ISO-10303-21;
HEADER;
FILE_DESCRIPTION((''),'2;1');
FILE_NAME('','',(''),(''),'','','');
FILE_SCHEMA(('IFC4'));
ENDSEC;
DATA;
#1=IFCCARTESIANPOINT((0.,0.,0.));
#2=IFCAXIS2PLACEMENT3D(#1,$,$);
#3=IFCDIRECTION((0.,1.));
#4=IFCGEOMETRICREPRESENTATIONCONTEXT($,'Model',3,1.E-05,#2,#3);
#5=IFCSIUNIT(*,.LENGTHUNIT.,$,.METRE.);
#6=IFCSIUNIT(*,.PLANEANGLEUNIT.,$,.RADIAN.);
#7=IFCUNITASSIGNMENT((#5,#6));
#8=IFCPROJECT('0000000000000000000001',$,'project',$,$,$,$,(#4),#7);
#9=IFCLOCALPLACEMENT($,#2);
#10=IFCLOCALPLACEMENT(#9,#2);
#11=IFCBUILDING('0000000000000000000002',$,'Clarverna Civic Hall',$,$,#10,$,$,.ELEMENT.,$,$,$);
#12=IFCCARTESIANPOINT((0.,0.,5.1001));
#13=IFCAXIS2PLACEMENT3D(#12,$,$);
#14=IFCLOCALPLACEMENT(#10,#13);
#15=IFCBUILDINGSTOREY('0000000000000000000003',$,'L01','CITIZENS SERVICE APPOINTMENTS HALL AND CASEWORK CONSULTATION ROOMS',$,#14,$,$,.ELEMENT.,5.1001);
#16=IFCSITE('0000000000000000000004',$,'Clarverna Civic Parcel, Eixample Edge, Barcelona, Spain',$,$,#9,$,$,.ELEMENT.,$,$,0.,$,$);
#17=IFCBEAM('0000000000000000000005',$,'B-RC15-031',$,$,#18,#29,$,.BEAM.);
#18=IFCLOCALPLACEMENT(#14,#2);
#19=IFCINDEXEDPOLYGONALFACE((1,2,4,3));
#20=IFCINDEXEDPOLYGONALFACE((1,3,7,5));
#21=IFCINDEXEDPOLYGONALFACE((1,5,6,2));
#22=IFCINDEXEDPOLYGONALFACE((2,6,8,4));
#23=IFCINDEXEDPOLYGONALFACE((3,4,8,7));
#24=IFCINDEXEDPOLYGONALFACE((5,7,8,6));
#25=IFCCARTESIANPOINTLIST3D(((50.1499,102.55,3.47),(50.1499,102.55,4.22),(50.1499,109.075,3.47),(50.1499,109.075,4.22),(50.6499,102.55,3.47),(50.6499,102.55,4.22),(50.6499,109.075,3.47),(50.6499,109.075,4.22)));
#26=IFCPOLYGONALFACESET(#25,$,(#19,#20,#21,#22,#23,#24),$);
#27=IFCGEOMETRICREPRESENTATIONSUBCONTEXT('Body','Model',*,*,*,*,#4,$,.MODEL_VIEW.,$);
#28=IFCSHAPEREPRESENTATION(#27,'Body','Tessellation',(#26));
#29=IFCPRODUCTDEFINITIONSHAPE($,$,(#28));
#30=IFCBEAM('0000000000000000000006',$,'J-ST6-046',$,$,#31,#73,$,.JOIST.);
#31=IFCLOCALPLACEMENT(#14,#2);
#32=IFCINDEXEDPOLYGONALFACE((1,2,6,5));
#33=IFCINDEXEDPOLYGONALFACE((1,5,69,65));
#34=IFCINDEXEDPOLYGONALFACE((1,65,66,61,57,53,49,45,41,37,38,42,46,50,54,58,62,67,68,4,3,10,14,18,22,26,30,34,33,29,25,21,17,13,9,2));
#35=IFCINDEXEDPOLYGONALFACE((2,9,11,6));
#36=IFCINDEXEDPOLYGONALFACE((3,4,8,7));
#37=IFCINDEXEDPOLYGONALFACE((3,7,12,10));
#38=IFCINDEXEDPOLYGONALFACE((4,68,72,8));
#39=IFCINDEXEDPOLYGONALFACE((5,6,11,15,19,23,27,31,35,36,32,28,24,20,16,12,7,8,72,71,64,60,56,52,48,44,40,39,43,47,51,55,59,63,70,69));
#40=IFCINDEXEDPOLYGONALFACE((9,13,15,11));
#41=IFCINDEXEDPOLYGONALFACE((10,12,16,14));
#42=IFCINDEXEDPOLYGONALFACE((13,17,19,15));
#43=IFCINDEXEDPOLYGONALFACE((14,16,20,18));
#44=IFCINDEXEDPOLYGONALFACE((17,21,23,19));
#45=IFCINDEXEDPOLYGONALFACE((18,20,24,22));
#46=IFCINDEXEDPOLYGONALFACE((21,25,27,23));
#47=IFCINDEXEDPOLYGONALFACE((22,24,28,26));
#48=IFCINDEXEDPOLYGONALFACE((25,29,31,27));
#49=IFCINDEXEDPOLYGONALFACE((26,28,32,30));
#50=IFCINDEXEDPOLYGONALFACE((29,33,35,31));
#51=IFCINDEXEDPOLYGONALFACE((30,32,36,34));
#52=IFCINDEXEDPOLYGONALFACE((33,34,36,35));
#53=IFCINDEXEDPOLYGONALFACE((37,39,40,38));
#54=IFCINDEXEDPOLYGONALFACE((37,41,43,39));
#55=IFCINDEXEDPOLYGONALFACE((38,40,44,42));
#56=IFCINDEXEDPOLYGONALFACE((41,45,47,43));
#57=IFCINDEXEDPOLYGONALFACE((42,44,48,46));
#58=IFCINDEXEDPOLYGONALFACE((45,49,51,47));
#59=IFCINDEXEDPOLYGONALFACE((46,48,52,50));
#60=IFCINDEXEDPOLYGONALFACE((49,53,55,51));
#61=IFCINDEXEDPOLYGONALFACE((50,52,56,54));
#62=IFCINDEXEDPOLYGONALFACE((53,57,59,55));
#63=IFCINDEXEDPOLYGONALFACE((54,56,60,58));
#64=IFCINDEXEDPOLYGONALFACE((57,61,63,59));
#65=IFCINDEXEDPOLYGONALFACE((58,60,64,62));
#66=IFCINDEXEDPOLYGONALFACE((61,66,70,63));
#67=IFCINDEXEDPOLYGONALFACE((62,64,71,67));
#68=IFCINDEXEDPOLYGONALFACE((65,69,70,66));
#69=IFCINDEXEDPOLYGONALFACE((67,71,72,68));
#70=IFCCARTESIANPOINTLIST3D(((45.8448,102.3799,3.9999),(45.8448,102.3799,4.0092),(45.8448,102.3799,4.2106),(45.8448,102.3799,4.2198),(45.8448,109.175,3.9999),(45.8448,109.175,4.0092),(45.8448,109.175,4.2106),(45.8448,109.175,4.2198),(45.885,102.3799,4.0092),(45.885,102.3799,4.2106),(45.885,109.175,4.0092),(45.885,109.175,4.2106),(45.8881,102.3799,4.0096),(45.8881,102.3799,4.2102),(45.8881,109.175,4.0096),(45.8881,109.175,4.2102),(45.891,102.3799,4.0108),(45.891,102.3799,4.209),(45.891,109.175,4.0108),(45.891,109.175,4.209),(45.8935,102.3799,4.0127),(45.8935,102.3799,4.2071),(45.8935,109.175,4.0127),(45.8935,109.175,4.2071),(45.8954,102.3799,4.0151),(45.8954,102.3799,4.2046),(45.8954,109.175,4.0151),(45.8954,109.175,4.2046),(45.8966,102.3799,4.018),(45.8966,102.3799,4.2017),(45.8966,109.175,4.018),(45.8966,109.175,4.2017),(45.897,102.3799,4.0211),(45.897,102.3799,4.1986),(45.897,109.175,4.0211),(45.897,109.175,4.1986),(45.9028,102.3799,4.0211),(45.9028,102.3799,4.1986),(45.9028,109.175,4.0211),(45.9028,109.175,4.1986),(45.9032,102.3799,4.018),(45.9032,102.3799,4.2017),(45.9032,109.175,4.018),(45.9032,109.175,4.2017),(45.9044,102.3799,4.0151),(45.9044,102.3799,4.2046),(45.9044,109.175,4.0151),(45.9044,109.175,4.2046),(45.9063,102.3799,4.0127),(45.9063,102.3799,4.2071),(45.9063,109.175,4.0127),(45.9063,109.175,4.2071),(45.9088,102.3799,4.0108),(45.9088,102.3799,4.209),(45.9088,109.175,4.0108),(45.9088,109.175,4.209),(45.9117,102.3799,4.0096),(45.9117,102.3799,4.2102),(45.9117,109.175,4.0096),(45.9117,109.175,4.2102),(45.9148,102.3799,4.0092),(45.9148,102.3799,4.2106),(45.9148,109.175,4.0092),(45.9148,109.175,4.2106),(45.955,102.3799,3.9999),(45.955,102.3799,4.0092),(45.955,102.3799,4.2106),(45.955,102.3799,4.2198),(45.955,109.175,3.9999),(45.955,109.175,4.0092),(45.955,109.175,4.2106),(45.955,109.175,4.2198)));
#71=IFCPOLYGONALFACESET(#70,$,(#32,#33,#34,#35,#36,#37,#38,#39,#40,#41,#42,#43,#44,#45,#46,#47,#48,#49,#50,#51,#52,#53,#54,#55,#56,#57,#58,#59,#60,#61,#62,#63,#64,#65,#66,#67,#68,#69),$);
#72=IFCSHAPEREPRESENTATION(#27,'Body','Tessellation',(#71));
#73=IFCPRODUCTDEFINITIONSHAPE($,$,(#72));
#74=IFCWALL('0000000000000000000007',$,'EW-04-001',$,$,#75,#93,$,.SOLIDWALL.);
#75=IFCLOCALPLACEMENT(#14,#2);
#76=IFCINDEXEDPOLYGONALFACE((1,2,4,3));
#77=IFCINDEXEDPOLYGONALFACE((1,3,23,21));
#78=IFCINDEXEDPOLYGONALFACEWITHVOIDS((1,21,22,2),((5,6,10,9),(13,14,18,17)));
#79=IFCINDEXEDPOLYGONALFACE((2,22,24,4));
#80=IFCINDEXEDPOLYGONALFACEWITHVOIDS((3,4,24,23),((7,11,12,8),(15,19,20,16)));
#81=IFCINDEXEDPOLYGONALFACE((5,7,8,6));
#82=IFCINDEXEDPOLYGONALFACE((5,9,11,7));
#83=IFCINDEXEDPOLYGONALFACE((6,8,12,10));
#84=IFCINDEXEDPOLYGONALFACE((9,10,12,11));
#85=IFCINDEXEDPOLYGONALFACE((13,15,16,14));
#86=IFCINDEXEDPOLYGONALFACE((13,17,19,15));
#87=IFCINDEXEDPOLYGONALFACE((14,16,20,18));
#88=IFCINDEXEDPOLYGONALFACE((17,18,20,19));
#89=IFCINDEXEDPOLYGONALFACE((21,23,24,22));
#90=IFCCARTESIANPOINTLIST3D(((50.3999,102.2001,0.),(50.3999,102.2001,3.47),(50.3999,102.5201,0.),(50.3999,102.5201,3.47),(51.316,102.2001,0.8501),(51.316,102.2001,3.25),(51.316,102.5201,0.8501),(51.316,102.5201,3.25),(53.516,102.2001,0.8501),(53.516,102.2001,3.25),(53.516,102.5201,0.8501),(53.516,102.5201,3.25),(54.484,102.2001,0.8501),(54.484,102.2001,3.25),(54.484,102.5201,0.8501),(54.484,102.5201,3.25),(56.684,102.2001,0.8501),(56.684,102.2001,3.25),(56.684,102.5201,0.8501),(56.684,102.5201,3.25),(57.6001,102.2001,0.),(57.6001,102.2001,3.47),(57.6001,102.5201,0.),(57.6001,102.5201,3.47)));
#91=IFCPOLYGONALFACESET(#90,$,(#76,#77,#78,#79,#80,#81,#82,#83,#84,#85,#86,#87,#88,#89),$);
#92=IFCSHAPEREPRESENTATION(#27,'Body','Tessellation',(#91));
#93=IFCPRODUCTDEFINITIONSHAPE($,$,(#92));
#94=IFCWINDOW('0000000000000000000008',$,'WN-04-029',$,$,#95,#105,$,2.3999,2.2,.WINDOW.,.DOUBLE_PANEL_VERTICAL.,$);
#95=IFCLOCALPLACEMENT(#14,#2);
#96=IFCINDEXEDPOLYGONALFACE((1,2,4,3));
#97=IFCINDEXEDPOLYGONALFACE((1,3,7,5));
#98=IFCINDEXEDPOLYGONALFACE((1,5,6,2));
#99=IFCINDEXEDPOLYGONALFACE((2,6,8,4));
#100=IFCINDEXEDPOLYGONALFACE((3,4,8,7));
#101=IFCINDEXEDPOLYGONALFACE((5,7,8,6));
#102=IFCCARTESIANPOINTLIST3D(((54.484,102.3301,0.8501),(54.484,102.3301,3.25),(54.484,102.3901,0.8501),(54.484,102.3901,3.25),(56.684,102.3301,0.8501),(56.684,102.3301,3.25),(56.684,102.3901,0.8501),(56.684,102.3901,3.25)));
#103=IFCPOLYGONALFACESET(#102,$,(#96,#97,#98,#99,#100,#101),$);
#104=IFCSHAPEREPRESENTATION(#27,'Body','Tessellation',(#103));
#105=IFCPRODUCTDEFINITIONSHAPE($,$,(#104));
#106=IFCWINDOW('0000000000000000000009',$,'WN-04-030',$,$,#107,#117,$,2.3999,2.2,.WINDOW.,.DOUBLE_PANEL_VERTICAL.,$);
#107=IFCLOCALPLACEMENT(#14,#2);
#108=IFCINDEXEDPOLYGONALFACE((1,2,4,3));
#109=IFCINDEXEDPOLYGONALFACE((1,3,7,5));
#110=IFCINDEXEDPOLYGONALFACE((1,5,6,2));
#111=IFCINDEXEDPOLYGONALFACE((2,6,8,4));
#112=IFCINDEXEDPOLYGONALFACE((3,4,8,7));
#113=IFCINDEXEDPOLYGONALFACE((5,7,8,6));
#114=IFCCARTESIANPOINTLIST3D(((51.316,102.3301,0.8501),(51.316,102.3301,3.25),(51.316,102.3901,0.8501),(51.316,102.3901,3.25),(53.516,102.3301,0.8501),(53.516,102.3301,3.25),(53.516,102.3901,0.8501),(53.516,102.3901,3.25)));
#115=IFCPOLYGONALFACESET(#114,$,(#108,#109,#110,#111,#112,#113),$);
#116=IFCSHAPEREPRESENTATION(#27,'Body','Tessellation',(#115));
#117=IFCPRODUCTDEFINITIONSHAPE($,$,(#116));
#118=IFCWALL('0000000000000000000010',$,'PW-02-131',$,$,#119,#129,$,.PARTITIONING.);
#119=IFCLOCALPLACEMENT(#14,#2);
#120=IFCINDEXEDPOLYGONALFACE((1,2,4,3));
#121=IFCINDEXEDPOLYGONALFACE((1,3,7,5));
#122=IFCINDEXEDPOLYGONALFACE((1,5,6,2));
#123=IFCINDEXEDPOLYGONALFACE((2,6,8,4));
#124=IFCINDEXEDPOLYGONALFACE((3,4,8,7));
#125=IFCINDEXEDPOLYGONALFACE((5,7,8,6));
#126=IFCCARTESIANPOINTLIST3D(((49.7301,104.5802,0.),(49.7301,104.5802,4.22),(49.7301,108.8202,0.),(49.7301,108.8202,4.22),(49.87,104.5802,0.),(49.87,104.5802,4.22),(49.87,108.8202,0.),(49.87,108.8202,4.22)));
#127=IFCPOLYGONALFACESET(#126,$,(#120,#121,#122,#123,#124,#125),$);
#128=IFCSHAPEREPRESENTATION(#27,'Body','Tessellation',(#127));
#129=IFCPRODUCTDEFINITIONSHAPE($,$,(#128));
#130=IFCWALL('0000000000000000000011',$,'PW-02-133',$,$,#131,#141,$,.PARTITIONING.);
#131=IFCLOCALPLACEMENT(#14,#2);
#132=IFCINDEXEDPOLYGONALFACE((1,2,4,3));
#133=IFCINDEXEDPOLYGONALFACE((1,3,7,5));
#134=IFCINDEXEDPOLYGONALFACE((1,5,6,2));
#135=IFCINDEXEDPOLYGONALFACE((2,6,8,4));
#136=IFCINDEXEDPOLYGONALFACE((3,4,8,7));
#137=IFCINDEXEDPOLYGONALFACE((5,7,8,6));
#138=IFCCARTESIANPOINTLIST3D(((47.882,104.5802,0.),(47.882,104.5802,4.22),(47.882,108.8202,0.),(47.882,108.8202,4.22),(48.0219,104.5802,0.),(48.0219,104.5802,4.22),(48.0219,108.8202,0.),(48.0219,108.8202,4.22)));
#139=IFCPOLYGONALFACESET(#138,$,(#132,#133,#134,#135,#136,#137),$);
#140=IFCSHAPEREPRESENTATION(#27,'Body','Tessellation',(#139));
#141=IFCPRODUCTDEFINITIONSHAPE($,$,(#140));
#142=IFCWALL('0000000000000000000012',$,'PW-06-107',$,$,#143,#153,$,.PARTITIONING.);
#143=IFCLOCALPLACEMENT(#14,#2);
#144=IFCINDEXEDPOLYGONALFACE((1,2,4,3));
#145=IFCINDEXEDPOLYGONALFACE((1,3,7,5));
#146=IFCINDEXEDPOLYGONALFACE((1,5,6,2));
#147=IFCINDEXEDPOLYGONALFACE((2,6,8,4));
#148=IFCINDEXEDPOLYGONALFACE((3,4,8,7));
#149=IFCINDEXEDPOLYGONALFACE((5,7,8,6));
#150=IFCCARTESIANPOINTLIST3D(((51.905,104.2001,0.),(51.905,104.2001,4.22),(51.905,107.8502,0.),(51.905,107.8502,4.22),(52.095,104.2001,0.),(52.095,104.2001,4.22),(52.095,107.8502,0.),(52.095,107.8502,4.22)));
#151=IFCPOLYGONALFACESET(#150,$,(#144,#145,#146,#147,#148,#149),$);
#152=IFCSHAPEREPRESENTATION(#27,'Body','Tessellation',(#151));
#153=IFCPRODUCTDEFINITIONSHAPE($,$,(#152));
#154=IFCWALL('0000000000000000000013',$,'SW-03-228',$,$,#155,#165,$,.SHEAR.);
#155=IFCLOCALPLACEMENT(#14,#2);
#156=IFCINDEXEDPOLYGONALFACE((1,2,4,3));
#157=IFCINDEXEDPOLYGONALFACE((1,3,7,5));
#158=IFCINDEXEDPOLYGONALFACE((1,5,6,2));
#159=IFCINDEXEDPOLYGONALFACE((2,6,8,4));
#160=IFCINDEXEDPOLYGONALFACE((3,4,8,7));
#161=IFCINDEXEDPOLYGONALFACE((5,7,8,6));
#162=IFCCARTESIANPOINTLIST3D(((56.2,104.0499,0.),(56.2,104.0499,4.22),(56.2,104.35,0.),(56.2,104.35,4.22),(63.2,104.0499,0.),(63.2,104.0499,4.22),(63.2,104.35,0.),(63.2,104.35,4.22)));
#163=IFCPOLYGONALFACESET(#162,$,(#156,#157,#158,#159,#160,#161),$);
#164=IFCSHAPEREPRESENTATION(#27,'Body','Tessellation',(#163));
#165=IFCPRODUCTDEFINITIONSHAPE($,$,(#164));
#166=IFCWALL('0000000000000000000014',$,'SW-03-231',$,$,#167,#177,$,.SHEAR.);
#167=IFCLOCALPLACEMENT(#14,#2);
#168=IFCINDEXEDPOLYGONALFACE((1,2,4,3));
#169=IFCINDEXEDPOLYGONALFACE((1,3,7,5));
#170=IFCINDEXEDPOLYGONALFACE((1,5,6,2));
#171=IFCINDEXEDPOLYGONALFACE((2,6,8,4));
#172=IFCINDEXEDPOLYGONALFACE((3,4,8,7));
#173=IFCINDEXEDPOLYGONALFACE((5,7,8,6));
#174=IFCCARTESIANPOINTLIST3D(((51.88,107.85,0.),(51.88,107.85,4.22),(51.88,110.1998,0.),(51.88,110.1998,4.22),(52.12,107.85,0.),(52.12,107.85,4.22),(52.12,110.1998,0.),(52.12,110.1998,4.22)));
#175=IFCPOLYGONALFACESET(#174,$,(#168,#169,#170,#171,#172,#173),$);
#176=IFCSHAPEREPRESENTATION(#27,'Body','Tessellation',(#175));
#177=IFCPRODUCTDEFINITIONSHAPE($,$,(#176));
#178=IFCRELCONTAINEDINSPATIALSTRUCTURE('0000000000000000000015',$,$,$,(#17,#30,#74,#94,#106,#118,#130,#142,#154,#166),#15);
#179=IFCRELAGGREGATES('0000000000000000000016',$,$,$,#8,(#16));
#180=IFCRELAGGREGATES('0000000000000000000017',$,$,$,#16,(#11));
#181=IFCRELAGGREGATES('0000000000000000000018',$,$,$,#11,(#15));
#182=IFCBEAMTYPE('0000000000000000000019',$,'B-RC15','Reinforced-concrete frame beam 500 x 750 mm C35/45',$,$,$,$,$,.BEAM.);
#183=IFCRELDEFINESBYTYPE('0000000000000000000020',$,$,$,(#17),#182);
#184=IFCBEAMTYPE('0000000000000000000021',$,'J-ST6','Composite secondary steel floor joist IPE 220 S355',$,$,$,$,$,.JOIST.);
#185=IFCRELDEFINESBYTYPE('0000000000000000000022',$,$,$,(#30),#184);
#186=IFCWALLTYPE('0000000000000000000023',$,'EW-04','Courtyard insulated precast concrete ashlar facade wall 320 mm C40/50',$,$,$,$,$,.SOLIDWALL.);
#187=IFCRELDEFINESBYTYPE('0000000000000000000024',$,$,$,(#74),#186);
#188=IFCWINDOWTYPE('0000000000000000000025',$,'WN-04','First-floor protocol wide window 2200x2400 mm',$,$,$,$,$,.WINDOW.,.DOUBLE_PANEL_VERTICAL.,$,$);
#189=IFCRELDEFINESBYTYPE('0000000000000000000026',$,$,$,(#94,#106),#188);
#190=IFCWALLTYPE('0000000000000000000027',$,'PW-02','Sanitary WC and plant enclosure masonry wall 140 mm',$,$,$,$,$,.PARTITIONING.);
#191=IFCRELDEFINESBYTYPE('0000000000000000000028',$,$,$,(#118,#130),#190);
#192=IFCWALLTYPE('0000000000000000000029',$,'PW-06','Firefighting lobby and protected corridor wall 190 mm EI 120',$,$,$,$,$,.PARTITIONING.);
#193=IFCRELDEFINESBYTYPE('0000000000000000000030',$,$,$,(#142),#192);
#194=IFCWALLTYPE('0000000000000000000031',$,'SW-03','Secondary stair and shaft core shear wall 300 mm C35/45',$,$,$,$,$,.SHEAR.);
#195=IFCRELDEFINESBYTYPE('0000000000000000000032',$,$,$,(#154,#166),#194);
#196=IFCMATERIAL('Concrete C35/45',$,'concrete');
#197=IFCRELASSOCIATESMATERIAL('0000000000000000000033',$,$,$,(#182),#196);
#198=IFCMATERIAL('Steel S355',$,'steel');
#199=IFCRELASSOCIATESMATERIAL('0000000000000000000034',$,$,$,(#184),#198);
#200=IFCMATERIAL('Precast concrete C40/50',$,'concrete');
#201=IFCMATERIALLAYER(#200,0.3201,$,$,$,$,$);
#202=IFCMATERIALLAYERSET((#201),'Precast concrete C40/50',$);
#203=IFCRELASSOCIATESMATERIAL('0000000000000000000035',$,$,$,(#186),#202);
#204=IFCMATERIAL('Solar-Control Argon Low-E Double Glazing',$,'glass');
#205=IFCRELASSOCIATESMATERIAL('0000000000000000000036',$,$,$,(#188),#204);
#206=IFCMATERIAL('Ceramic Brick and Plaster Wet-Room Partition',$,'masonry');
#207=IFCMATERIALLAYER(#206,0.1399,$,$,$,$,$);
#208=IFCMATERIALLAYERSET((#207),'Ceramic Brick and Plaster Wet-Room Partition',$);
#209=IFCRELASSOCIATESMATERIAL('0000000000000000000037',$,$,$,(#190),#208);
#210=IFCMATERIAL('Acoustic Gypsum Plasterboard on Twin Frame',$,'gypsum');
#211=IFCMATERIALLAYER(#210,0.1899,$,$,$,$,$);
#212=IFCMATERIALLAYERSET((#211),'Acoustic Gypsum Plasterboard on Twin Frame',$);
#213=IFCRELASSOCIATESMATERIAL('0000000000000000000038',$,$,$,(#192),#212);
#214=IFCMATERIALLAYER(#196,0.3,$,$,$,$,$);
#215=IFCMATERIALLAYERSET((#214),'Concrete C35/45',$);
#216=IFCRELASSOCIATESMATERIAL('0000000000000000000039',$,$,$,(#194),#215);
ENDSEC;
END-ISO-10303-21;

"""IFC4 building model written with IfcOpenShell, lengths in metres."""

from ifc_helpers import new_model, si_unit, direction, frame, frame_2d, origin, origin_2d, place, context, subcontext, project, spatial, rectangle, i_section, extrude, material, layer, layer_set, material_profile, profile_set, type_object, element, fill, save


model = new_model("IFC4")

# Units and contexts
model_context = context("Model", 3, precision=1e-05, world=origin(), true_north=direction((0.0, 1.0)))
body_context = subcontext(model_context, "Body", "Model", "MODEL_VIEW")
ifc_project = project(units=[si_unit("LENGTHUNIT", "METRE"), si_unit("PLANEANGLEUNIT", "RADIAN")], contexts=[model_context])

# Site, building, storey
site_placement = place(None, origin())
site = spatial("IfcSite", under=ifc_project, at=site_placement, Name="Clarverna Civic Parcel, Eixample Edge, Barcelona, Spain", CompositionType="ELEMENT", RefElevation=0.0)
building_placement = place(site_placement, origin())
building = spatial("IfcBuilding", under=site, at=building_placement, Name="Clarverna Civic Hall", CompositionType="ELEMENT")
storey_placement = place(building_placement, frame((0.0, 0.0, 5.1001)))
storey = spatial("IfcBuildingStorey", under=building, at=storey_placement, Name="L01", Description="CITIZENS SERVICE APPOINTMENTS HALL AND CASEWORK CONSULTATION ROOMS", CompositionType="ELEMENT", Elevation=5.1001)

# Beams
ifc_material_1 = material(Name="Concrete C35/45", Category="concrete")
ifc_material_profile_1 = material_profile(ifc_material_1, rectangle(XDim=0.5, YDim=0.75, at=origin_2d()), Name="RC 500x750")
ifc_profile_set_1 = profile_set([ifc_material_profile_1], Name="Concrete C35/45")
beam_type_1 = type_object("IfcBeamType", Name="B-RC15", Description="Reinforced-concrete frame beam 500 x 750 mm C35/45", PredefinedType="BEAM", material=ifc_profile_set_1)
beam_1_placement = place(storey_placement, frame((50.3999, 102.55, 3.845), z_axis=(0.0, 1.0, 0.0), x_axis=(-1.0, 0.0, 0.0)))
element("IfcBeam", 1, at=beam_1_placement, inside=storey, type_object=beam_type_1, Name="B-RC15-031", PredefinedType="BEAM", context=body_context, shape_type="SweptSolid", body=[
    extrude(rectangle(XDim=0.5, YDim=0.75, at=origin_2d()), origin(), (0.0, 0.0, 1.0), 6.5249),
])
ifc_material_2 = material(Name="Steel S355", Category="steel")
ifc_material_profile_2 = material_profile(ifc_material_2, i_section(OverallWidth=0.1101, OverallDepth=0.22, WebThickness=0.0059, FlangeThickness=0.0093, FilletRadius=0.012, at=origin_2d()), Name="IPE 220")
ifc_profile_set_2 = profile_set([ifc_material_profile_2], Name="Steel S355")
beam_type_2 = type_object("IfcBeamType", Name="J-ST6", Description="Composite secondary steel floor joist IPE 220 S355", PredefinedType="JOIST", material=ifc_profile_set_2)
beam_2_placement = place(storey_placement, frame((45.8999, 102.3799, 4.1099), z_axis=(0.0, 1.0, 0.0), x_axis=(-1.0, 0.0, 0.0)))
element("IfcBeam", 2, at=beam_2_placement, inside=storey, type_object=beam_type_2, Name="J-ST6-046", PredefinedType="JOIST", context=body_context, shape_type="SweptSolid", body=[
    extrude(i_section(OverallWidth=0.1101, OverallDepth=0.22, WebThickness=0.0059, FlangeThickness=0.0093, FilletRadius=0.012, at=origin_2d()), origin(), (0.0, 0.0, 1.0), 6.7952),
])

# Wall, openings, windows
ifc_material_3 = material(Name="Precast concrete C40/50", Category="concrete")
ifc_layer_1 = layer(ifc_material_3, 0.3201)
ifc_layer_set_1 = layer_set([ifc_layer_1], Name="Precast concrete C40/50")
wall_type_1 = type_object("IfcWallType", Name="EW-04", Description="Courtyard insulated precast concrete ashlar facade wall 320 mm C40/50", PredefinedType="SOLIDWALL", material=ifc_layer_set_1)
wall_1_placement = place(storey_placement, frame((57.6001, 102.3601, 0.0), z_axis=(0.0, 0.0, 1.0), x_axis=(-1.0, 0.0, 0.0)))
wall_1 = element("IfcWall", 3, at=wall_1_placement, inside=storey, type_object=wall_type_1, Name="EW-04-001", PredefinedType="SOLIDWALL", context=body_context, shape_type="SweptSolid", body=[
    extrude(rectangle(XDim=7.2002, YDim=0.3201, at=frame_2d((3.6001, 0.0))), origin(), (0.0, 0.0, 1.0), 3.47),
])
opening_1_placement = place(wall_1_placement, frame((0.916, 0.0, 0.8501)))
opening_1 = element("IfcOpeningElement", 4, at=opening_1_placement, cuts=wall_1, PredefinedType="OPENING", context=body_context, shape_type="SweptSolid", body=[
    extrude(rectangle(XDim=2.2, YDim=2.3999, at=frame_2d((1.1001, 1.2))), frame((0.0, 0.1699, 0.0), z_axis=(0.0, -1.0, 0.0), x_axis=(1.0, 0.0, 0.0)), (0.0, 0.0, 1.0), 0.3401),
])
opening_2_placement = place(wall_1_placement, frame((4.084, 0.0, 0.8501)))
opening_2 = element("IfcOpeningElement", 5, at=opening_2_placement, cuts=wall_1, PredefinedType="OPENING", context=body_context, shape_type="SweptSolid", body=[
    extrude(rectangle(XDim=2.2, YDim=2.3999, at=frame_2d((1.1001, 1.2))), frame((0.0, 0.1699, 0.0), z_axis=(0.0, -1.0, 0.0), x_axis=(1.0, 0.0, 0.0)), (0.0, 0.0, 1.0), 0.3401),
])
ifc_material_4 = material(Name="Solar-Control Argon Low-E Double Glazing", Category="glass")
window_type = type_object("IfcWindowType", Name="WN-04", Description="First-floor protocol wide window 2200x2400 mm", PartitioningType="DOUBLE_PANEL_VERTICAL", PredefinedType="WINDOW", material=ifc_material_4)
window_1_placement = place(opening_1_placement, origin())
window_1 = element("IfcWindow", 6, at=window_1_placement, inside=storey, type_object=window_type, Name="WN-04-029", OverallHeight=2.3999, OverallWidth=2.2, PartitioningType="DOUBLE_PANEL_VERTICAL", PredefinedType="WINDOW", context=body_context, shape_type="SweptSolid", body=[
    extrude(rectangle(XDim=2.2, YDim=2.3999, at=frame_2d((1.1001, 1.2))), frame((0.0, 0.03, 0.0), z_axis=(0.0, -1.0, 0.0), x_axis=(1.0, 0.0, 0.0)), (0.0, 0.0, 1.0), 0.0601),
])
fill(opening_1, window_1)
window_2_placement = place(opening_2_placement, origin())
window_2 = element("IfcWindow", 7, at=window_2_placement, inside=storey, type_object=window_type, Name="WN-04-030", OverallHeight=2.3999, OverallWidth=2.2, PartitioningType="DOUBLE_PANEL_VERTICAL", PredefinedType="WINDOW", context=body_context, shape_type="SweptSolid", body=[
    extrude(rectangle(XDim=2.2, YDim=2.3999, at=frame_2d((1.1001, 1.2))), frame((0.0, 0.03, 0.0), z_axis=(0.0, -1.0, 0.0), x_axis=(1.0, 0.0, 0.0)), (0.0, 0.0, 1.0), 0.0601),
])
fill(opening_2, window_2)

# Walls
ifc_material_5 = material(Name="Ceramic Brick and Plaster Wet-Room Partition", Category="masonry")
ifc_layer_2 = layer(ifc_material_5, 0.1399)
ifc_layer_set_2 = layer_set([ifc_layer_2], Name="Ceramic Brick and Plaster Wet-Room Partition")
wall_type_2 = type_object("IfcWallType", Name="PW-02", Description="Sanitary WC and plant enclosure masonry wall 140 mm", PredefinedType="PARTITIONING", material=ifc_layer_set_2)
for number, where, z_axis, x_axis, name in (
    (8, (49.8, 104.5801, 0.0), (0.0, 0.0, 1.0), (0.0, 1.0, 0.0), "PW-02-131"),
    (9, (47.9519, 104.5801, 0.0), (0.0, 0.0, 1.0), (0.0, 1.0, 0.0), "PW-02-133"),
):
    element("IfcWall", number, at=place(storey_placement, frame(where, z_axis=z_axis, x_axis=x_axis)), inside=storey, type_object=wall_type_2, Name=name, PredefinedType="PARTITIONING", context=body_context, shape_type="SweptSolid", body=[
        extrude(rectangle(XDim=4.24, YDim=0.1399, at=frame_2d((2.1201, 0.0))), origin(), (0.0, 0.0, 1.0), 4.22),
    ])

# Wall
ifc_material_6 = material(Name="Acoustic Gypsum Plasterboard on Twin Frame", Category="gypsum")
ifc_layer_3 = layer(ifc_material_6, 0.1899)
ifc_layer_set_3 = layer_set([ifc_layer_3], Name="Acoustic Gypsum Plasterboard on Twin Frame")
wall_type_3 = type_object("IfcWallType", Name="PW-06", Description="Firefighting lobby and protected corridor wall 190 mm EI 120", PredefinedType="PARTITIONING", material=ifc_layer_set_3)
wall_2_placement = place(storey_placement, frame((52.0, 104.2, 0.0), z_axis=(0.0, 0.0, 1.0), x_axis=(0.0, 1.0, 0.0)))
element("IfcWall", 10, at=wall_2_placement, inside=storey, type_object=wall_type_3, Name="PW-06-107", PredefinedType="PARTITIONING", context=body_context, shape_type="SweptSolid", body=[
    extrude(rectangle(XDim=3.6501, YDim=0.1899, at=frame_2d((1.8252, 0.0))), origin(), (0.0, 0.0, 1.0), 4.22),
])

# Shared definitions
ifc_layer_4 = layer(ifc_material_1, 0.3)
ifc_layer_set_4 = layer_set([ifc_layer_4], Name="Concrete C35/45")
wall_type_4 = type_object("IfcWallType", Name="SW-03", Description="Secondary stair and shaft core shear wall 300 mm C35/45", PredefinedType="SHEAR", material=ifc_layer_set_4)

# Walls
wall_3_placement = place(storey_placement, frame((56.2, 104.2, 0.0), z_axis=(0.0, 0.0, 1.0), x_axis=(1.0, 0.0, 0.0)))
element("IfcWall", 11, at=wall_3_placement, inside=storey, type_object=wall_type_4, Name="SW-03-228", PredefinedType="SHEAR", context=body_context, shape_type="SweptSolid", body=[
    extrude(rectangle(XDim=7.0, YDim=0.3, at=frame_2d((3.5, 0.0))), origin(), (0.0, 0.0, 1.0), 4.22),
])
wall_4_placement = place(storey_placement, frame((52.0, 107.8501, 0.0), z_axis=(0.0, 0.0, 1.0), x_axis=(0.0, 1.0, 0.0)))
element("IfcWall", 12, at=wall_4_placement, inside=storey, type_object=wall_type_4, Name="SW-03-231", PredefinedType="SHEAR", context=body_context, shape_type="SweptSolid", body=[
    extrude(rectangle(XDim=2.3499, YDim=0.24, at=frame_2d((1.1748, 0.0))), origin(), (0.0, 0.0, 1.0), 4.22),
])

save(model, "model.ifc")
